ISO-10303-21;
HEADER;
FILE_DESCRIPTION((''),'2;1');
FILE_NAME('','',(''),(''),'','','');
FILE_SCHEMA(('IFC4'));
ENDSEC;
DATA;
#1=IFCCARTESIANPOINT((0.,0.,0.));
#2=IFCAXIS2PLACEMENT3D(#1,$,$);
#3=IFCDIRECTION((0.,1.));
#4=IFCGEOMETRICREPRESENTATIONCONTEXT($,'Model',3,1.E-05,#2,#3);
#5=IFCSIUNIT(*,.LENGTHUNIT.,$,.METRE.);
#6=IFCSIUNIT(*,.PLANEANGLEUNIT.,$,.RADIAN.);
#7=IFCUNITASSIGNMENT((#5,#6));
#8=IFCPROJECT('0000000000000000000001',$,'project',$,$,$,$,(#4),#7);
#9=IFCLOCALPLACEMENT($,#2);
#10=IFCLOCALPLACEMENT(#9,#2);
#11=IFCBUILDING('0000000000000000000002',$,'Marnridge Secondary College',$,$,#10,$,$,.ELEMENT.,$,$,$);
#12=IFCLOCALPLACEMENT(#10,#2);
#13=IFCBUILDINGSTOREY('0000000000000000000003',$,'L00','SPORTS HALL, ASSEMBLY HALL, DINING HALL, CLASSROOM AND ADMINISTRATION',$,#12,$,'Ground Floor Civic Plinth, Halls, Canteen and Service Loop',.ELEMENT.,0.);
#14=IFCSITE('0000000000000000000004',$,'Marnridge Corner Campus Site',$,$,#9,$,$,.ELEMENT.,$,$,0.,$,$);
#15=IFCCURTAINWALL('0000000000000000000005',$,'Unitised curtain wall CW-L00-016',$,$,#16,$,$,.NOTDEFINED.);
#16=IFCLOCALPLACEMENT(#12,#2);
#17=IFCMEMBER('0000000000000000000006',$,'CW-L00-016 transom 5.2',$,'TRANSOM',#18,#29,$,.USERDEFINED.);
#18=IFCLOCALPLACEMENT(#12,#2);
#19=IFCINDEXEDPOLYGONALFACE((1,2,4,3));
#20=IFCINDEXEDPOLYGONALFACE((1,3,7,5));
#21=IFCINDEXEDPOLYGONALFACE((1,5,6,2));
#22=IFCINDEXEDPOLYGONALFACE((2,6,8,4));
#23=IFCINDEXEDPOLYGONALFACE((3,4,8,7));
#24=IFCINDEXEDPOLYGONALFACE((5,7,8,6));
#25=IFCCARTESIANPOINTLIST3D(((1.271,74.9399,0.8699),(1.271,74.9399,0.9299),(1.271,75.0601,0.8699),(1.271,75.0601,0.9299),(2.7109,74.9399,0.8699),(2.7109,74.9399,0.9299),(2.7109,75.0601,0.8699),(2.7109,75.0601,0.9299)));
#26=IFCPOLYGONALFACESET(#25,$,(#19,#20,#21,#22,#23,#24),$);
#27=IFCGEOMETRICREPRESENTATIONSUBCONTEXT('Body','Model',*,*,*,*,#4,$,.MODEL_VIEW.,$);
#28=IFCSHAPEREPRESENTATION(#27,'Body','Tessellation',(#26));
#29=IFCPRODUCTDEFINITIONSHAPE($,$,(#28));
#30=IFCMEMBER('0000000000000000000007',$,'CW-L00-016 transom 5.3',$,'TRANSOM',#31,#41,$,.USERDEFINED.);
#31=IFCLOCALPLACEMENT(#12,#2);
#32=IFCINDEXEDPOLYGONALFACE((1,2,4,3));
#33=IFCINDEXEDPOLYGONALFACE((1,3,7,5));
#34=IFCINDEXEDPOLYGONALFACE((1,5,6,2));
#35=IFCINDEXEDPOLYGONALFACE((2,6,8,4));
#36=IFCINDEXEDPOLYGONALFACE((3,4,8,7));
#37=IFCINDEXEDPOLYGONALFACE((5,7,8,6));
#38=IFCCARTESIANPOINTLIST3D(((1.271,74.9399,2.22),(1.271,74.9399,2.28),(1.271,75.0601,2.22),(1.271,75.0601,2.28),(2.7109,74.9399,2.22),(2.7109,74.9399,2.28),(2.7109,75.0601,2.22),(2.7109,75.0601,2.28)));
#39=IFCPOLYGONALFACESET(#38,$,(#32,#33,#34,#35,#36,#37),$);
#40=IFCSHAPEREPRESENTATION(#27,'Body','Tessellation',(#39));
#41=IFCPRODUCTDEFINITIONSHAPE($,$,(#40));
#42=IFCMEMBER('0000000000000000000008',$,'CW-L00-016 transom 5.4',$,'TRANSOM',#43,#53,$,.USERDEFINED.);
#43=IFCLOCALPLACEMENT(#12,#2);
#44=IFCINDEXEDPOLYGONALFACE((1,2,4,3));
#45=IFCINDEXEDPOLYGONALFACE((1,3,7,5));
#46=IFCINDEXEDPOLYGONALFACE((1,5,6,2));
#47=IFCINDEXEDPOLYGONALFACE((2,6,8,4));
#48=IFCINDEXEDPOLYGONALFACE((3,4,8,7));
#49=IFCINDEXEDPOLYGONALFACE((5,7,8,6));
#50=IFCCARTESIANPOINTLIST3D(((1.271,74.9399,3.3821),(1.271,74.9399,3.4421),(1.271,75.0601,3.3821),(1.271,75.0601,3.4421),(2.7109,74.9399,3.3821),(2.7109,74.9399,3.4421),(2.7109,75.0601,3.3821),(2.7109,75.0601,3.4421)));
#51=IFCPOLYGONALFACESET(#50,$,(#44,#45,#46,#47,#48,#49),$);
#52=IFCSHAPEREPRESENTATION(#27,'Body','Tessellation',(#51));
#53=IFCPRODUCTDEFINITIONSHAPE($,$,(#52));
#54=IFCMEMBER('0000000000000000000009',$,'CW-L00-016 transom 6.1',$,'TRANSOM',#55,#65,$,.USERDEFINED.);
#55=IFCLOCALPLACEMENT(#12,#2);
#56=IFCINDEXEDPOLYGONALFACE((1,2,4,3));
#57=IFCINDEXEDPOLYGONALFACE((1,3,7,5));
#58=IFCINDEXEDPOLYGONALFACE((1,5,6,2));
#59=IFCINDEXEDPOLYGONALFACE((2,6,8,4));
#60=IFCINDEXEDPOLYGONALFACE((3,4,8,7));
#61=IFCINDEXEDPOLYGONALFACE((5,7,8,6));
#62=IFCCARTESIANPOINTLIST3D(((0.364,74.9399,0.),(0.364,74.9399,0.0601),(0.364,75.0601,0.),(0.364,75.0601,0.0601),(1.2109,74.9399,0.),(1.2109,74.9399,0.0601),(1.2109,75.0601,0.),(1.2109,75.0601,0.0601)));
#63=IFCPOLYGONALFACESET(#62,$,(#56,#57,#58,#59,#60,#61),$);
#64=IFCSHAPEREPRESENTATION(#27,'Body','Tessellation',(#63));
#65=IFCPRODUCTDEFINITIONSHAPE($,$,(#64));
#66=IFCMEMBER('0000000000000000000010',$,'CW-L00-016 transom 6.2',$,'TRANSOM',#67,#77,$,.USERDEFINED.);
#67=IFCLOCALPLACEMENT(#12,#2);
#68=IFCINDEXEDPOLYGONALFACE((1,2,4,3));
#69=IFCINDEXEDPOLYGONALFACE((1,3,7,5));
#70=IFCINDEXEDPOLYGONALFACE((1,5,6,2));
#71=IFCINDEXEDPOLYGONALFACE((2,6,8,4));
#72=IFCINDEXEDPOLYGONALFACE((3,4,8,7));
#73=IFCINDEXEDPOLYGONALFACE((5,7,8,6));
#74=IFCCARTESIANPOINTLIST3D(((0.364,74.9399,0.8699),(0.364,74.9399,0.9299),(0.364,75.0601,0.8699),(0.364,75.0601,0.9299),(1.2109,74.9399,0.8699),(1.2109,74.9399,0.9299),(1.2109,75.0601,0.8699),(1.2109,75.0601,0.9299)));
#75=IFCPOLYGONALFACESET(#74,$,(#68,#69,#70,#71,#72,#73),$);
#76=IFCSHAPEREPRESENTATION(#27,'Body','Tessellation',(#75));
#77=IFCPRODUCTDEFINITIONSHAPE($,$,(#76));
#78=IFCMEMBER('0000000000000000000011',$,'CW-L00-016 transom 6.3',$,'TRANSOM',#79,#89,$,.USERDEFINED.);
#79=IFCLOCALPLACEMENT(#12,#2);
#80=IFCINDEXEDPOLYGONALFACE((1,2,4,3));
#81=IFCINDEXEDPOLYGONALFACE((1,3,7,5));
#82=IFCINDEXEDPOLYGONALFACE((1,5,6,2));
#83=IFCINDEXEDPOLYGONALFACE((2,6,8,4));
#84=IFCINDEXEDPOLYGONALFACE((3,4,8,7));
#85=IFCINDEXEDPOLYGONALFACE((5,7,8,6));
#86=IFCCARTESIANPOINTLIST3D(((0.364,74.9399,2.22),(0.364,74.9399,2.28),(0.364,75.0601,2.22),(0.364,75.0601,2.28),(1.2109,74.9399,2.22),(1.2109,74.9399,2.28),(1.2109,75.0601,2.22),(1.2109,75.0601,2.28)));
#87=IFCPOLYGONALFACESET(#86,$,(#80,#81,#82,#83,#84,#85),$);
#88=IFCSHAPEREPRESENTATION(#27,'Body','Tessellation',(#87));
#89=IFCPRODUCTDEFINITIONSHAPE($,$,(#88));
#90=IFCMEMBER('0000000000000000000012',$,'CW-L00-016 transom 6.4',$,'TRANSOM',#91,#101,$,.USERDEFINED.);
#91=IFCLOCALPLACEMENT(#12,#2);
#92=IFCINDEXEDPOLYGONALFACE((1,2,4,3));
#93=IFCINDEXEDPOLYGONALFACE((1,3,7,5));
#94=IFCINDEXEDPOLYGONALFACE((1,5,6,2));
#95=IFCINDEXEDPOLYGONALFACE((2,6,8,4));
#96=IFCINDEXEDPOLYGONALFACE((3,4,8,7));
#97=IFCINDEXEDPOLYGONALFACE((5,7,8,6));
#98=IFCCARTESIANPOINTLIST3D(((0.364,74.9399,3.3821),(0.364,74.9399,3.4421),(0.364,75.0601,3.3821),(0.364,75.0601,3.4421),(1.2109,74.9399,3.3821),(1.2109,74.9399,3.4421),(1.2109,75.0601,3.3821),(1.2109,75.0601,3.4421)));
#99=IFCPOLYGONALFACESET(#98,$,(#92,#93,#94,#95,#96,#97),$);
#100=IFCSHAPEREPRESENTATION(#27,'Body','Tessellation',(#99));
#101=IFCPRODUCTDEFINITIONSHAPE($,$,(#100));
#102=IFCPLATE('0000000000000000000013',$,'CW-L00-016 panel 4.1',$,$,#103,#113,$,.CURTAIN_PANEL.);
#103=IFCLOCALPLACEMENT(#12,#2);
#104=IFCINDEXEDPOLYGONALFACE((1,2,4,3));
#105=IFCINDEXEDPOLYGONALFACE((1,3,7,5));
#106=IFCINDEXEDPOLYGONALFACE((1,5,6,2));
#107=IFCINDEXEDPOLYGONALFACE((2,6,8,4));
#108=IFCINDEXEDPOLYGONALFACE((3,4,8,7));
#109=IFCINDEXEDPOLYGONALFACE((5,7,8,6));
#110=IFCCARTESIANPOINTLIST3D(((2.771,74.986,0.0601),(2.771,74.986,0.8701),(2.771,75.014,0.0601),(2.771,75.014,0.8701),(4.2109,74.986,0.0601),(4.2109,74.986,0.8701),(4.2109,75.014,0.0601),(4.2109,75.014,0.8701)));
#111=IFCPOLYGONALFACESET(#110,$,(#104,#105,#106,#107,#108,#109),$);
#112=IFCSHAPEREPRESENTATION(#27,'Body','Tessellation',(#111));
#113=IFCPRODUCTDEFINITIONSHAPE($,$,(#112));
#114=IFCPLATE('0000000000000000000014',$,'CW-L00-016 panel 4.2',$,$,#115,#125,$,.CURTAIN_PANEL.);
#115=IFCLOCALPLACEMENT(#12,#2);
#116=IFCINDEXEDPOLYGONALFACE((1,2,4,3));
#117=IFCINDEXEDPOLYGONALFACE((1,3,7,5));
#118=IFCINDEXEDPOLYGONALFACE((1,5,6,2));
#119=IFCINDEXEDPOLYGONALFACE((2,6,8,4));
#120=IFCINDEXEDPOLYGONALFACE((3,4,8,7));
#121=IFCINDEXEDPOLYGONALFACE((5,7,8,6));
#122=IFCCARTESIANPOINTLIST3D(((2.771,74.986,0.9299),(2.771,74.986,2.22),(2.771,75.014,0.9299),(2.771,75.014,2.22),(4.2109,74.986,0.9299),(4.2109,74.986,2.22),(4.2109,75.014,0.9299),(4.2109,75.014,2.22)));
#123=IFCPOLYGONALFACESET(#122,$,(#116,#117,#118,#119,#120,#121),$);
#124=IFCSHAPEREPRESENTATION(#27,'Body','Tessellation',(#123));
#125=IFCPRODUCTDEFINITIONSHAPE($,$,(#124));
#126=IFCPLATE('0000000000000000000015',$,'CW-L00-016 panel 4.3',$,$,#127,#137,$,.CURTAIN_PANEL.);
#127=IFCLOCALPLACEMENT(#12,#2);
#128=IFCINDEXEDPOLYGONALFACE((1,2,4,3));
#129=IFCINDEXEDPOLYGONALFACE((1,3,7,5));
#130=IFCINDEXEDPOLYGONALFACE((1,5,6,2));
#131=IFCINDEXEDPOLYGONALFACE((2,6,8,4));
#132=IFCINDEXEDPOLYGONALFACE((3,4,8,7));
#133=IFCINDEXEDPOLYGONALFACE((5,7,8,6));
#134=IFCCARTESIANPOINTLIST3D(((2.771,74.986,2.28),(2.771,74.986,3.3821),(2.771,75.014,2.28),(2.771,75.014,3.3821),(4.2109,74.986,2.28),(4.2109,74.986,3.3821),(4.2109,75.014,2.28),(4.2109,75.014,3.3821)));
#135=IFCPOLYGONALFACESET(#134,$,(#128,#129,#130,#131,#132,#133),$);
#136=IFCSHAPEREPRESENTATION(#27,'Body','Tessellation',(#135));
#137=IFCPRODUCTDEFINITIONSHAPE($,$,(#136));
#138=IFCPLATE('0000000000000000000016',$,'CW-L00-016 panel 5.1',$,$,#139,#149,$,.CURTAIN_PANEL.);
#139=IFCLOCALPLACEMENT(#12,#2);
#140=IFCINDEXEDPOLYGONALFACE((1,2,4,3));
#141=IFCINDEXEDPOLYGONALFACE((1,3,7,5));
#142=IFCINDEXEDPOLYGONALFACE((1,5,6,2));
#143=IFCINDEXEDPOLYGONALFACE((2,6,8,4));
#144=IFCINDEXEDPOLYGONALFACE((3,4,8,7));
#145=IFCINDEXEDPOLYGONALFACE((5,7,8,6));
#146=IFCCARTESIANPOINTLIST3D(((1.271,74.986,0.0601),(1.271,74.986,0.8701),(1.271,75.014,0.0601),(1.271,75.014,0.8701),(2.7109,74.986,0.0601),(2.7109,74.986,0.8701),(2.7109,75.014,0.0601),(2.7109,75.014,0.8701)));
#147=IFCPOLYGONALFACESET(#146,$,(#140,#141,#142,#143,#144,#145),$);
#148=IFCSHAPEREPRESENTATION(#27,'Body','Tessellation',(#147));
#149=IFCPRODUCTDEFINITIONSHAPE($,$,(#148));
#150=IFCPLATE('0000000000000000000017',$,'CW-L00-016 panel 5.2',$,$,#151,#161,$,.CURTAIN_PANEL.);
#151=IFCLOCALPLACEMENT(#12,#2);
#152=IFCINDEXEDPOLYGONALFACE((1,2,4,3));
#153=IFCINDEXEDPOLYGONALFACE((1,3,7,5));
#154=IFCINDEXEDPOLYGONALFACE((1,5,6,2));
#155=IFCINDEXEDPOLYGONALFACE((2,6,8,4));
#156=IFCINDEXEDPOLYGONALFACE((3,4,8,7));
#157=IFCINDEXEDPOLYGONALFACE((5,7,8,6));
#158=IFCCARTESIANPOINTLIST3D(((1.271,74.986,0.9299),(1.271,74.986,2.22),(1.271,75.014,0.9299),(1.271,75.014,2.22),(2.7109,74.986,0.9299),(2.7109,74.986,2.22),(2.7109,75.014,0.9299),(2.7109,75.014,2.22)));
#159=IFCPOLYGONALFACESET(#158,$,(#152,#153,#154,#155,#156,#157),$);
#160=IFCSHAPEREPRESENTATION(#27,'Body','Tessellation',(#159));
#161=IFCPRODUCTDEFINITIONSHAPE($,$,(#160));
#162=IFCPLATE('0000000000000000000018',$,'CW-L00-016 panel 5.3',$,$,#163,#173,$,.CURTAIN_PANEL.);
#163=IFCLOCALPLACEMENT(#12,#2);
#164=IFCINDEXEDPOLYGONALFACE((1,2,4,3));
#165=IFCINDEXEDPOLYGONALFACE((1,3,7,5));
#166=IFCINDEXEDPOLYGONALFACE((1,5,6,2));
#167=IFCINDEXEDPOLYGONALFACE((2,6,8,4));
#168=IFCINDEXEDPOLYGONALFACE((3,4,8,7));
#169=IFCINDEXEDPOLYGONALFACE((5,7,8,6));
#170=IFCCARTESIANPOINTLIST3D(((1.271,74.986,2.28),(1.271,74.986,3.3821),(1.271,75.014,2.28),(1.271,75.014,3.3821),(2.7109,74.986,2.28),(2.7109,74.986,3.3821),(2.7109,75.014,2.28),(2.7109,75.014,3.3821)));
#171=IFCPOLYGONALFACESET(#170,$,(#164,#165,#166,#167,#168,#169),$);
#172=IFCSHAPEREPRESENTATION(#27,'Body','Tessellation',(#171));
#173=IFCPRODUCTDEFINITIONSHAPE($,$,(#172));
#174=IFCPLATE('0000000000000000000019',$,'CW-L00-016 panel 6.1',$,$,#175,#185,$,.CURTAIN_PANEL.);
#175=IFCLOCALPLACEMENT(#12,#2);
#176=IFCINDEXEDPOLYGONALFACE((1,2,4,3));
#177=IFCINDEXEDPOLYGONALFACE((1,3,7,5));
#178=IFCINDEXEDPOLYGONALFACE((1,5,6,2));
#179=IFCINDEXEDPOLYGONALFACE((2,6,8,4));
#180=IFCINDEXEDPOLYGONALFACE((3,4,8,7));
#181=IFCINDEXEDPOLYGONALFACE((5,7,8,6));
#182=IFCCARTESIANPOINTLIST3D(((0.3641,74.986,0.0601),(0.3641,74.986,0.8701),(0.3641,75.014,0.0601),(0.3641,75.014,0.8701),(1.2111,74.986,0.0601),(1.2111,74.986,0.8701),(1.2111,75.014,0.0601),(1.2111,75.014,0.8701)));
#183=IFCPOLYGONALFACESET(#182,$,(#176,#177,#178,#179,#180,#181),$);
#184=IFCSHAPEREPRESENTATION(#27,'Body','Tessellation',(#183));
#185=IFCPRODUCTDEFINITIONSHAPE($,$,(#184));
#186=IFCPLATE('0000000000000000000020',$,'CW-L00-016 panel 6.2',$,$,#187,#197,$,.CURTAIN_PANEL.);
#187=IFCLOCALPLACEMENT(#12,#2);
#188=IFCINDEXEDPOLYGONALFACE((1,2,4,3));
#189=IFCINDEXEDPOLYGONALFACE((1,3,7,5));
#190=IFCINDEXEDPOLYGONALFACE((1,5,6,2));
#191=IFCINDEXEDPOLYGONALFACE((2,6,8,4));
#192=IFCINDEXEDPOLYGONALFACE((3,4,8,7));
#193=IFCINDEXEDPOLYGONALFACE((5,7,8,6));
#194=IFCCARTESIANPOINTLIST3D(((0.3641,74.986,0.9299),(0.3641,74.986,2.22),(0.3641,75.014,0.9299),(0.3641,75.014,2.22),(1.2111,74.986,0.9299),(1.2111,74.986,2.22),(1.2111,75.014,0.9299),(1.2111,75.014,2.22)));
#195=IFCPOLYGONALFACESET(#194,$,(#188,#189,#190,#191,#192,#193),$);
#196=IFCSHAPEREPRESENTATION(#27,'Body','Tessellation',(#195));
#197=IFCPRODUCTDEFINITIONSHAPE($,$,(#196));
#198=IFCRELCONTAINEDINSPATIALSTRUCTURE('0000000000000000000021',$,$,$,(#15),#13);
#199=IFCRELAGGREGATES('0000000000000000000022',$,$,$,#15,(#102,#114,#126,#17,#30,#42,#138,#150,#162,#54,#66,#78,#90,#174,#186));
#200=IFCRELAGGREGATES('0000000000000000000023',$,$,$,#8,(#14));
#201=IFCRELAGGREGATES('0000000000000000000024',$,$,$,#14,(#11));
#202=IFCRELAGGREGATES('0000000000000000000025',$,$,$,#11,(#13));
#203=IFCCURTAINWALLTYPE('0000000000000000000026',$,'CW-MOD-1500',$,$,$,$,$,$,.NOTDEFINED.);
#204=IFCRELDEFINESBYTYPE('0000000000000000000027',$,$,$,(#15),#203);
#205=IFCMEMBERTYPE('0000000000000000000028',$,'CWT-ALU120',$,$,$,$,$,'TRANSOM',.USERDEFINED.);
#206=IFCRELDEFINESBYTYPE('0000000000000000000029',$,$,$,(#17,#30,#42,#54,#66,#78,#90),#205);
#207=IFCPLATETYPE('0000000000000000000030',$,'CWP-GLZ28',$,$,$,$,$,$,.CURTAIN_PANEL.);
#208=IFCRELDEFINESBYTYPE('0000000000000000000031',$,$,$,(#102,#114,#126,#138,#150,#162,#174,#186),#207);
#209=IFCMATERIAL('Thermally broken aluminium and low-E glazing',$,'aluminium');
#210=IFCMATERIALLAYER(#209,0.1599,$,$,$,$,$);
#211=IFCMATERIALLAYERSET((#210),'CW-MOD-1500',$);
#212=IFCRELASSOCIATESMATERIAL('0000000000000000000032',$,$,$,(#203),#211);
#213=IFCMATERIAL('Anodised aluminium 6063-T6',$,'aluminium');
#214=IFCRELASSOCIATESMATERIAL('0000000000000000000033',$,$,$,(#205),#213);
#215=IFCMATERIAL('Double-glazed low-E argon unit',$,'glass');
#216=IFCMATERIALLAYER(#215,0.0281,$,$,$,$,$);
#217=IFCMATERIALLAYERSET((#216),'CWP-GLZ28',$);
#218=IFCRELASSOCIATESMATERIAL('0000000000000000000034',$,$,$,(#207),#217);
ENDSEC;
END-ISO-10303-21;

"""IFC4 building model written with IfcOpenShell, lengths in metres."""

from ifc_helpers import new_model, si_unit, direction, frame, origin, origin_2d, place, context, subcontext, project, spatial, rectangle, extrude, material, layer, layer_set, material_profile, profile_set, type_object, element, aggregate, save


model = new_model("IFC4")

# Units and contexts
model_context = context("Model", 3, precision=1e-05, world=origin(), true_north=direction((0.0, 1.0)))
body_context = subcontext(model_context, "Body", "Model", "MODEL_VIEW")
ifc_project = project(units=[si_unit("LENGTHUNIT", "METRE"), si_unit("PLANEANGLEUNIT", "RADIAN")], contexts=[model_context])

# Site, building, storey
site_placement = place(None, origin())
site = spatial("IfcSite", under=ifc_project, at=site_placement, Name="Marnridge Corner Campus Site", CompositionType="ELEMENT", RefElevation=0.0)
building_placement = place(site_placement, origin())
building = spatial("IfcBuilding", under=site, at=building_placement, Name="Marnridge Secondary College", CompositionType="ELEMENT")
storey_placement = place(building_placement, origin())
storey = spatial("IfcBuildingStorey", under=building, at=storey_placement, Name="L00", Description="SPORTS HALL, ASSEMBLY HALL, DINING HALL, CLASSROOM AND ADMINISTRATION", LongName="Ground Floor Civic Plinth, Halls, Canteen and Service Loop", CompositionType="ELEMENT", Elevation=0.0)

# Curtain wall, members, plates
ifc_material_1 = material(Name="Thermally broken aluminium and low-E glazing", Category="aluminium")
ifc_layer_1 = layer(ifc_material_1, 0.1599)
ifc_layer_set_1 = layer_set([ifc_layer_1], Name="CW-MOD-1500")
curtain_wall_type = type_object("IfcCurtainWallType", Name="CW-MOD-1500", PredefinedType="NOTDEFINED", material=ifc_layer_set_1)
curtain_wall_placement = place(storey_placement, origin())
curtain_wall = element("IfcCurtainWall", 1, at=curtain_wall_placement, inside=storey, type_object=curtain_wall_type, Name="Unitised curtain wall CW-L00-016", PredefinedType="NOTDEFINED")
ifc_material_2 = material(Name="Anodised aluminium 6063-T6", Category="aluminium")
ifc_material_profile_1 = material_profile(ifc_material_2, rectangle(XDim=0.0601, YDim=0.1201, at=origin_2d()), Name="ALU 60x120")
ifc_profile_set_1 = profile_set([ifc_material_profile_1], Name="Anodised aluminium 6063-T6")
member_type_1 = type_object("IfcMemberType", Name="CWT-ALU120", ElementType="TRANSOM", PredefinedType="USERDEFINED", material=ifc_profile_set_1)
member_1_placement = place(storey_placement, frame((2.7109, 75.0, 0.8999), z_axis=(-1.0, 0.0, 0.0), x_axis=(0.0, 0.0, 1.0)))
member_1 = element("IfcMember", 2, at=member_1_placement, type_object=member_type_1, Name="CW-L00-016 transom 5.2", ObjectType="TRANSOM", PredefinedType="USERDEFINED", context=body_context, shape_type="SweptSolid", body=[
    extrude(rectangle(XDim=0.0601, YDim=0.1201, at=origin_2d()), origin(), (0.0, 0.0, 1.0), 1.4399),
])
member_2_placement = place(storey_placement, frame((2.7109, 75.0, 2.25), z_axis=(-1.0, 0.0, 0.0), x_axis=(0.0, 0.0, 1.0)))
member_2 = element("IfcMember", 3, at=member_2_placement, type_object=member_type_1, Name="CW-L00-016 transom 5.3", ObjectType="TRANSOM", PredefinedType="USERDEFINED", context=body_context, shape_type="SweptSolid", body=[
    extrude(rectangle(XDim=0.0601, YDim=0.1201, at=origin_2d()), origin(), (0.0, 0.0, 1.0), 1.4399),
])
member_3_placement = place(storey_placement, frame((2.7109, 75.0, 3.4121), z_axis=(-1.0, 0.0, 0.0), x_axis=(0.0, 0.0, 1.0)))
member_3 = element("IfcMember", 4, at=member_3_placement, type_object=member_type_1, Name="CW-L00-016 transom 5.4", ObjectType="TRANSOM", PredefinedType="USERDEFINED", context=body_context, shape_type="SweptSolid", body=[
    extrude(rectangle(XDim=0.0601, YDim=0.1201, at=origin_2d()), origin(), (0.0, 0.0, 1.0), 1.4399),
])
member_4_placement = place(storey_placement, frame((1.2109, 75.0, 0.03), z_axis=(-1.0, 0.0, 0.0), x_axis=(0.0, 0.0, 1.0)))
member_4 = element("IfcMember", 5, at=member_4_placement, type_object=member_type_1, Name="CW-L00-016 transom 6.1", ObjectType="TRANSOM", PredefinedType="USERDEFINED", context=body_context, shape_type="SweptSolid", body=[
    extrude(rectangle(XDim=0.0601, YDim=0.1201, at=origin_2d()), origin(), (0.0, 0.0, 1.0), 0.8469),
])
member_5_placement = place(storey_placement, frame((1.2109, 75.0, 0.8999), z_axis=(-1.0, 0.0, 0.0), x_axis=(0.0, 0.0, 1.0)))
member_5 = element("IfcMember", 6, at=member_5_placement, type_object=member_type_1, Name="CW-L00-016 transom 6.2", ObjectType="TRANSOM", PredefinedType="USERDEFINED", context=body_context, shape_type="SweptSolid", body=[
    extrude(rectangle(XDim=0.0601, YDim=0.1201, at=origin_2d()), origin(), (0.0, 0.0, 1.0), 0.8469),
])
member_6_placement = place(storey_placement, frame((1.2109, 75.0, 2.25), z_axis=(-1.0, 0.0, 0.0), x_axis=(0.0, 0.0, 1.0)))
member_6 = element("IfcMember", 7, at=member_6_placement, type_object=member_type_1, Name="CW-L00-016 transom 6.3", ObjectType="TRANSOM", PredefinedType="USERDEFINED", context=body_context, shape_type="SweptSolid", body=[
    extrude(rectangle(XDim=0.0601, YDim=0.1201, at=origin_2d()), origin(), (0.0, 0.0, 1.0), 0.8469),
])
member_7_placement = place(storey_placement, frame((1.2109, 75.0, 3.4121), z_axis=(-1.0, 0.0, 0.0), x_axis=(0.0, 0.0, 1.0)))
member_7 = element("IfcMember", 8, at=member_7_placement, type_object=member_type_1, Name="CW-L00-016 transom 6.4", ObjectType="TRANSOM", PredefinedType="USERDEFINED", context=body_context, shape_type="SweptSolid", body=[
    extrude(rectangle(XDim=0.0601, YDim=0.1201, at=origin_2d()), origin(), (0.0, 0.0, 1.0), 0.8469),
])
ifc_material_3 = material(Name="Double-glazed low-E argon unit", Category="glass")
ifc_layer_2 = layer(ifc_material_3, 0.0281)
ifc_layer_set_2 = layer_set([ifc_layer_2], Name="CWP-GLZ28")
plate_type = type_object("IfcPlateType", Name="CWP-GLZ28", PredefinedType="CURTAIN_PANEL", material=ifc_layer_set_2)
plate_1_placement = place(storey_placement, frame((3.491, 75.0, 0.0601), z_axis=(0.0, 0.0, 1.0), x_axis=(-1.0, 0.0, 0.0)))
plate_1 = element("IfcPlate", 9, at=plate_1_placement, type_object=plate_type, Name="CW-L00-016 panel 4.1", PredefinedType="CURTAIN_PANEL", context=body_context, shape_type="SweptSolid", body=[
    extrude(rectangle(XDim=1.4399, YDim=0.0281, at=origin_2d()), origin(), (0.0, 0.0, 1.0), 0.8101),
])
plate_2_placement = place(storey_placement, frame((3.491, 75.0, 0.9299), z_axis=(0.0, 0.0, 1.0), x_axis=(-1.0, 0.0, 0.0)))
plate_2 = element("IfcPlate", 10, at=plate_2_placement, type_object=plate_type, Name="CW-L00-016 panel 4.2", PredefinedType="CURTAIN_PANEL", context=body_context, shape_type="SweptSolid", body=[
    extrude(rectangle(XDim=1.4399, YDim=0.0281, at=origin_2d()), origin(), (0.0, 0.0, 1.0), 1.29),
])
plate_3_placement = place(storey_placement, frame((3.491, 75.0, 2.28), z_axis=(0.0, 0.0, 1.0), x_axis=(-1.0, 0.0, 0.0)))
plate_3 = element("IfcPlate", 11, at=plate_3_placement, type_object=plate_type, Name="CW-L00-016 panel 4.3", PredefinedType="CURTAIN_PANEL", context=body_context, shape_type="SweptSolid", body=[
    extrude(rectangle(XDim=1.4399, YDim=0.0281, at=origin_2d()), origin(), (0.0, 0.0, 1.0), 1.1021),
])
plate_4_placement = place(storey_placement, frame((1.991, 75.0, 0.0601), z_axis=(0.0, 0.0, 1.0), x_axis=(-1.0, 0.0, 0.0)))
plate_4 = element("IfcPlate", 12, at=plate_4_placement, type_object=plate_type, Name="CW-L00-016 panel 5.1", PredefinedType="CURTAIN_PANEL", context=body_context, shape_type="SweptSolid", body=[
    extrude(rectangle(XDim=1.4399, YDim=0.0281, at=origin_2d()), origin(), (0.0, 0.0, 1.0), 0.8101),
])
plate_5_placement = place(storey_placement, frame((1.991, 75.0, 0.9299), z_axis=(0.0, 0.0, 1.0), x_axis=(-1.0, 0.0, 0.0)))
plate_5 = element("IfcPlate", 13, at=plate_5_placement, type_object=plate_type, Name="CW-L00-016 panel 5.2", PredefinedType="CURTAIN_PANEL", context=body_context, shape_type="SweptSolid", body=[
    extrude(rectangle(XDim=1.4399, YDim=0.0281, at=origin_2d()), origin(), (0.0, 0.0, 1.0), 1.29),
])
plate_6_placement = place(storey_placement, frame((1.991, 75.0, 2.28), z_axis=(0.0, 0.0, 1.0), x_axis=(-1.0, 0.0, 0.0)))
plate_6 = element("IfcPlate", 14, at=plate_6_placement, type_object=plate_type, Name="CW-L00-016 panel 5.3", PredefinedType="CURTAIN_PANEL", context=body_context, shape_type="SweptSolid", body=[
    extrude(rectangle(XDim=1.4399, YDim=0.0281, at=origin_2d()), origin(), (0.0, 0.0, 1.0), 1.1021),
])
plate_7_placement = place(storey_placement, frame((0.7876, 75.0, 0.0601), z_axis=(0.0, 0.0, 1.0), x_axis=(-1.0, 0.0, 0.0)))
plate_7 = element("IfcPlate", 15, at=plate_7_placement, type_object=plate_type, Name="CW-L00-016 panel 6.1", PredefinedType="CURTAIN_PANEL", context=body_context, shape_type="SweptSolid", body=[
    extrude(rectangle(XDim=0.8469, YDim=0.0281, at=origin_2d()), origin(), (0.0, 0.0, 1.0), 0.8101),
])
plate_8_placement = place(storey_placement, frame((0.7876, 75.0, 0.9299), z_axis=(0.0, 0.0, 1.0), x_axis=(-1.0, 0.0, 0.0)))
plate_8 = element("IfcPlate", 16, at=plate_8_placement, type_object=plate_type, Name="CW-L00-016 panel 6.2", PredefinedType="CURTAIN_PANEL", context=body_context, shape_type="SweptSolid", body=[
    extrude(rectangle(XDim=0.8469, YDim=0.0281, at=origin_2d()), origin(), (0.0, 0.0, 1.0), 1.29),
])
aggregate(curtain_wall, [plate_1, plate_2, plate_3, member_1, member_2, member_3, plate_4, plate_5, plate_6, member_4, member_5, member_6, member_7, plate_7, plate_8])

save(model, "model.ifc")
